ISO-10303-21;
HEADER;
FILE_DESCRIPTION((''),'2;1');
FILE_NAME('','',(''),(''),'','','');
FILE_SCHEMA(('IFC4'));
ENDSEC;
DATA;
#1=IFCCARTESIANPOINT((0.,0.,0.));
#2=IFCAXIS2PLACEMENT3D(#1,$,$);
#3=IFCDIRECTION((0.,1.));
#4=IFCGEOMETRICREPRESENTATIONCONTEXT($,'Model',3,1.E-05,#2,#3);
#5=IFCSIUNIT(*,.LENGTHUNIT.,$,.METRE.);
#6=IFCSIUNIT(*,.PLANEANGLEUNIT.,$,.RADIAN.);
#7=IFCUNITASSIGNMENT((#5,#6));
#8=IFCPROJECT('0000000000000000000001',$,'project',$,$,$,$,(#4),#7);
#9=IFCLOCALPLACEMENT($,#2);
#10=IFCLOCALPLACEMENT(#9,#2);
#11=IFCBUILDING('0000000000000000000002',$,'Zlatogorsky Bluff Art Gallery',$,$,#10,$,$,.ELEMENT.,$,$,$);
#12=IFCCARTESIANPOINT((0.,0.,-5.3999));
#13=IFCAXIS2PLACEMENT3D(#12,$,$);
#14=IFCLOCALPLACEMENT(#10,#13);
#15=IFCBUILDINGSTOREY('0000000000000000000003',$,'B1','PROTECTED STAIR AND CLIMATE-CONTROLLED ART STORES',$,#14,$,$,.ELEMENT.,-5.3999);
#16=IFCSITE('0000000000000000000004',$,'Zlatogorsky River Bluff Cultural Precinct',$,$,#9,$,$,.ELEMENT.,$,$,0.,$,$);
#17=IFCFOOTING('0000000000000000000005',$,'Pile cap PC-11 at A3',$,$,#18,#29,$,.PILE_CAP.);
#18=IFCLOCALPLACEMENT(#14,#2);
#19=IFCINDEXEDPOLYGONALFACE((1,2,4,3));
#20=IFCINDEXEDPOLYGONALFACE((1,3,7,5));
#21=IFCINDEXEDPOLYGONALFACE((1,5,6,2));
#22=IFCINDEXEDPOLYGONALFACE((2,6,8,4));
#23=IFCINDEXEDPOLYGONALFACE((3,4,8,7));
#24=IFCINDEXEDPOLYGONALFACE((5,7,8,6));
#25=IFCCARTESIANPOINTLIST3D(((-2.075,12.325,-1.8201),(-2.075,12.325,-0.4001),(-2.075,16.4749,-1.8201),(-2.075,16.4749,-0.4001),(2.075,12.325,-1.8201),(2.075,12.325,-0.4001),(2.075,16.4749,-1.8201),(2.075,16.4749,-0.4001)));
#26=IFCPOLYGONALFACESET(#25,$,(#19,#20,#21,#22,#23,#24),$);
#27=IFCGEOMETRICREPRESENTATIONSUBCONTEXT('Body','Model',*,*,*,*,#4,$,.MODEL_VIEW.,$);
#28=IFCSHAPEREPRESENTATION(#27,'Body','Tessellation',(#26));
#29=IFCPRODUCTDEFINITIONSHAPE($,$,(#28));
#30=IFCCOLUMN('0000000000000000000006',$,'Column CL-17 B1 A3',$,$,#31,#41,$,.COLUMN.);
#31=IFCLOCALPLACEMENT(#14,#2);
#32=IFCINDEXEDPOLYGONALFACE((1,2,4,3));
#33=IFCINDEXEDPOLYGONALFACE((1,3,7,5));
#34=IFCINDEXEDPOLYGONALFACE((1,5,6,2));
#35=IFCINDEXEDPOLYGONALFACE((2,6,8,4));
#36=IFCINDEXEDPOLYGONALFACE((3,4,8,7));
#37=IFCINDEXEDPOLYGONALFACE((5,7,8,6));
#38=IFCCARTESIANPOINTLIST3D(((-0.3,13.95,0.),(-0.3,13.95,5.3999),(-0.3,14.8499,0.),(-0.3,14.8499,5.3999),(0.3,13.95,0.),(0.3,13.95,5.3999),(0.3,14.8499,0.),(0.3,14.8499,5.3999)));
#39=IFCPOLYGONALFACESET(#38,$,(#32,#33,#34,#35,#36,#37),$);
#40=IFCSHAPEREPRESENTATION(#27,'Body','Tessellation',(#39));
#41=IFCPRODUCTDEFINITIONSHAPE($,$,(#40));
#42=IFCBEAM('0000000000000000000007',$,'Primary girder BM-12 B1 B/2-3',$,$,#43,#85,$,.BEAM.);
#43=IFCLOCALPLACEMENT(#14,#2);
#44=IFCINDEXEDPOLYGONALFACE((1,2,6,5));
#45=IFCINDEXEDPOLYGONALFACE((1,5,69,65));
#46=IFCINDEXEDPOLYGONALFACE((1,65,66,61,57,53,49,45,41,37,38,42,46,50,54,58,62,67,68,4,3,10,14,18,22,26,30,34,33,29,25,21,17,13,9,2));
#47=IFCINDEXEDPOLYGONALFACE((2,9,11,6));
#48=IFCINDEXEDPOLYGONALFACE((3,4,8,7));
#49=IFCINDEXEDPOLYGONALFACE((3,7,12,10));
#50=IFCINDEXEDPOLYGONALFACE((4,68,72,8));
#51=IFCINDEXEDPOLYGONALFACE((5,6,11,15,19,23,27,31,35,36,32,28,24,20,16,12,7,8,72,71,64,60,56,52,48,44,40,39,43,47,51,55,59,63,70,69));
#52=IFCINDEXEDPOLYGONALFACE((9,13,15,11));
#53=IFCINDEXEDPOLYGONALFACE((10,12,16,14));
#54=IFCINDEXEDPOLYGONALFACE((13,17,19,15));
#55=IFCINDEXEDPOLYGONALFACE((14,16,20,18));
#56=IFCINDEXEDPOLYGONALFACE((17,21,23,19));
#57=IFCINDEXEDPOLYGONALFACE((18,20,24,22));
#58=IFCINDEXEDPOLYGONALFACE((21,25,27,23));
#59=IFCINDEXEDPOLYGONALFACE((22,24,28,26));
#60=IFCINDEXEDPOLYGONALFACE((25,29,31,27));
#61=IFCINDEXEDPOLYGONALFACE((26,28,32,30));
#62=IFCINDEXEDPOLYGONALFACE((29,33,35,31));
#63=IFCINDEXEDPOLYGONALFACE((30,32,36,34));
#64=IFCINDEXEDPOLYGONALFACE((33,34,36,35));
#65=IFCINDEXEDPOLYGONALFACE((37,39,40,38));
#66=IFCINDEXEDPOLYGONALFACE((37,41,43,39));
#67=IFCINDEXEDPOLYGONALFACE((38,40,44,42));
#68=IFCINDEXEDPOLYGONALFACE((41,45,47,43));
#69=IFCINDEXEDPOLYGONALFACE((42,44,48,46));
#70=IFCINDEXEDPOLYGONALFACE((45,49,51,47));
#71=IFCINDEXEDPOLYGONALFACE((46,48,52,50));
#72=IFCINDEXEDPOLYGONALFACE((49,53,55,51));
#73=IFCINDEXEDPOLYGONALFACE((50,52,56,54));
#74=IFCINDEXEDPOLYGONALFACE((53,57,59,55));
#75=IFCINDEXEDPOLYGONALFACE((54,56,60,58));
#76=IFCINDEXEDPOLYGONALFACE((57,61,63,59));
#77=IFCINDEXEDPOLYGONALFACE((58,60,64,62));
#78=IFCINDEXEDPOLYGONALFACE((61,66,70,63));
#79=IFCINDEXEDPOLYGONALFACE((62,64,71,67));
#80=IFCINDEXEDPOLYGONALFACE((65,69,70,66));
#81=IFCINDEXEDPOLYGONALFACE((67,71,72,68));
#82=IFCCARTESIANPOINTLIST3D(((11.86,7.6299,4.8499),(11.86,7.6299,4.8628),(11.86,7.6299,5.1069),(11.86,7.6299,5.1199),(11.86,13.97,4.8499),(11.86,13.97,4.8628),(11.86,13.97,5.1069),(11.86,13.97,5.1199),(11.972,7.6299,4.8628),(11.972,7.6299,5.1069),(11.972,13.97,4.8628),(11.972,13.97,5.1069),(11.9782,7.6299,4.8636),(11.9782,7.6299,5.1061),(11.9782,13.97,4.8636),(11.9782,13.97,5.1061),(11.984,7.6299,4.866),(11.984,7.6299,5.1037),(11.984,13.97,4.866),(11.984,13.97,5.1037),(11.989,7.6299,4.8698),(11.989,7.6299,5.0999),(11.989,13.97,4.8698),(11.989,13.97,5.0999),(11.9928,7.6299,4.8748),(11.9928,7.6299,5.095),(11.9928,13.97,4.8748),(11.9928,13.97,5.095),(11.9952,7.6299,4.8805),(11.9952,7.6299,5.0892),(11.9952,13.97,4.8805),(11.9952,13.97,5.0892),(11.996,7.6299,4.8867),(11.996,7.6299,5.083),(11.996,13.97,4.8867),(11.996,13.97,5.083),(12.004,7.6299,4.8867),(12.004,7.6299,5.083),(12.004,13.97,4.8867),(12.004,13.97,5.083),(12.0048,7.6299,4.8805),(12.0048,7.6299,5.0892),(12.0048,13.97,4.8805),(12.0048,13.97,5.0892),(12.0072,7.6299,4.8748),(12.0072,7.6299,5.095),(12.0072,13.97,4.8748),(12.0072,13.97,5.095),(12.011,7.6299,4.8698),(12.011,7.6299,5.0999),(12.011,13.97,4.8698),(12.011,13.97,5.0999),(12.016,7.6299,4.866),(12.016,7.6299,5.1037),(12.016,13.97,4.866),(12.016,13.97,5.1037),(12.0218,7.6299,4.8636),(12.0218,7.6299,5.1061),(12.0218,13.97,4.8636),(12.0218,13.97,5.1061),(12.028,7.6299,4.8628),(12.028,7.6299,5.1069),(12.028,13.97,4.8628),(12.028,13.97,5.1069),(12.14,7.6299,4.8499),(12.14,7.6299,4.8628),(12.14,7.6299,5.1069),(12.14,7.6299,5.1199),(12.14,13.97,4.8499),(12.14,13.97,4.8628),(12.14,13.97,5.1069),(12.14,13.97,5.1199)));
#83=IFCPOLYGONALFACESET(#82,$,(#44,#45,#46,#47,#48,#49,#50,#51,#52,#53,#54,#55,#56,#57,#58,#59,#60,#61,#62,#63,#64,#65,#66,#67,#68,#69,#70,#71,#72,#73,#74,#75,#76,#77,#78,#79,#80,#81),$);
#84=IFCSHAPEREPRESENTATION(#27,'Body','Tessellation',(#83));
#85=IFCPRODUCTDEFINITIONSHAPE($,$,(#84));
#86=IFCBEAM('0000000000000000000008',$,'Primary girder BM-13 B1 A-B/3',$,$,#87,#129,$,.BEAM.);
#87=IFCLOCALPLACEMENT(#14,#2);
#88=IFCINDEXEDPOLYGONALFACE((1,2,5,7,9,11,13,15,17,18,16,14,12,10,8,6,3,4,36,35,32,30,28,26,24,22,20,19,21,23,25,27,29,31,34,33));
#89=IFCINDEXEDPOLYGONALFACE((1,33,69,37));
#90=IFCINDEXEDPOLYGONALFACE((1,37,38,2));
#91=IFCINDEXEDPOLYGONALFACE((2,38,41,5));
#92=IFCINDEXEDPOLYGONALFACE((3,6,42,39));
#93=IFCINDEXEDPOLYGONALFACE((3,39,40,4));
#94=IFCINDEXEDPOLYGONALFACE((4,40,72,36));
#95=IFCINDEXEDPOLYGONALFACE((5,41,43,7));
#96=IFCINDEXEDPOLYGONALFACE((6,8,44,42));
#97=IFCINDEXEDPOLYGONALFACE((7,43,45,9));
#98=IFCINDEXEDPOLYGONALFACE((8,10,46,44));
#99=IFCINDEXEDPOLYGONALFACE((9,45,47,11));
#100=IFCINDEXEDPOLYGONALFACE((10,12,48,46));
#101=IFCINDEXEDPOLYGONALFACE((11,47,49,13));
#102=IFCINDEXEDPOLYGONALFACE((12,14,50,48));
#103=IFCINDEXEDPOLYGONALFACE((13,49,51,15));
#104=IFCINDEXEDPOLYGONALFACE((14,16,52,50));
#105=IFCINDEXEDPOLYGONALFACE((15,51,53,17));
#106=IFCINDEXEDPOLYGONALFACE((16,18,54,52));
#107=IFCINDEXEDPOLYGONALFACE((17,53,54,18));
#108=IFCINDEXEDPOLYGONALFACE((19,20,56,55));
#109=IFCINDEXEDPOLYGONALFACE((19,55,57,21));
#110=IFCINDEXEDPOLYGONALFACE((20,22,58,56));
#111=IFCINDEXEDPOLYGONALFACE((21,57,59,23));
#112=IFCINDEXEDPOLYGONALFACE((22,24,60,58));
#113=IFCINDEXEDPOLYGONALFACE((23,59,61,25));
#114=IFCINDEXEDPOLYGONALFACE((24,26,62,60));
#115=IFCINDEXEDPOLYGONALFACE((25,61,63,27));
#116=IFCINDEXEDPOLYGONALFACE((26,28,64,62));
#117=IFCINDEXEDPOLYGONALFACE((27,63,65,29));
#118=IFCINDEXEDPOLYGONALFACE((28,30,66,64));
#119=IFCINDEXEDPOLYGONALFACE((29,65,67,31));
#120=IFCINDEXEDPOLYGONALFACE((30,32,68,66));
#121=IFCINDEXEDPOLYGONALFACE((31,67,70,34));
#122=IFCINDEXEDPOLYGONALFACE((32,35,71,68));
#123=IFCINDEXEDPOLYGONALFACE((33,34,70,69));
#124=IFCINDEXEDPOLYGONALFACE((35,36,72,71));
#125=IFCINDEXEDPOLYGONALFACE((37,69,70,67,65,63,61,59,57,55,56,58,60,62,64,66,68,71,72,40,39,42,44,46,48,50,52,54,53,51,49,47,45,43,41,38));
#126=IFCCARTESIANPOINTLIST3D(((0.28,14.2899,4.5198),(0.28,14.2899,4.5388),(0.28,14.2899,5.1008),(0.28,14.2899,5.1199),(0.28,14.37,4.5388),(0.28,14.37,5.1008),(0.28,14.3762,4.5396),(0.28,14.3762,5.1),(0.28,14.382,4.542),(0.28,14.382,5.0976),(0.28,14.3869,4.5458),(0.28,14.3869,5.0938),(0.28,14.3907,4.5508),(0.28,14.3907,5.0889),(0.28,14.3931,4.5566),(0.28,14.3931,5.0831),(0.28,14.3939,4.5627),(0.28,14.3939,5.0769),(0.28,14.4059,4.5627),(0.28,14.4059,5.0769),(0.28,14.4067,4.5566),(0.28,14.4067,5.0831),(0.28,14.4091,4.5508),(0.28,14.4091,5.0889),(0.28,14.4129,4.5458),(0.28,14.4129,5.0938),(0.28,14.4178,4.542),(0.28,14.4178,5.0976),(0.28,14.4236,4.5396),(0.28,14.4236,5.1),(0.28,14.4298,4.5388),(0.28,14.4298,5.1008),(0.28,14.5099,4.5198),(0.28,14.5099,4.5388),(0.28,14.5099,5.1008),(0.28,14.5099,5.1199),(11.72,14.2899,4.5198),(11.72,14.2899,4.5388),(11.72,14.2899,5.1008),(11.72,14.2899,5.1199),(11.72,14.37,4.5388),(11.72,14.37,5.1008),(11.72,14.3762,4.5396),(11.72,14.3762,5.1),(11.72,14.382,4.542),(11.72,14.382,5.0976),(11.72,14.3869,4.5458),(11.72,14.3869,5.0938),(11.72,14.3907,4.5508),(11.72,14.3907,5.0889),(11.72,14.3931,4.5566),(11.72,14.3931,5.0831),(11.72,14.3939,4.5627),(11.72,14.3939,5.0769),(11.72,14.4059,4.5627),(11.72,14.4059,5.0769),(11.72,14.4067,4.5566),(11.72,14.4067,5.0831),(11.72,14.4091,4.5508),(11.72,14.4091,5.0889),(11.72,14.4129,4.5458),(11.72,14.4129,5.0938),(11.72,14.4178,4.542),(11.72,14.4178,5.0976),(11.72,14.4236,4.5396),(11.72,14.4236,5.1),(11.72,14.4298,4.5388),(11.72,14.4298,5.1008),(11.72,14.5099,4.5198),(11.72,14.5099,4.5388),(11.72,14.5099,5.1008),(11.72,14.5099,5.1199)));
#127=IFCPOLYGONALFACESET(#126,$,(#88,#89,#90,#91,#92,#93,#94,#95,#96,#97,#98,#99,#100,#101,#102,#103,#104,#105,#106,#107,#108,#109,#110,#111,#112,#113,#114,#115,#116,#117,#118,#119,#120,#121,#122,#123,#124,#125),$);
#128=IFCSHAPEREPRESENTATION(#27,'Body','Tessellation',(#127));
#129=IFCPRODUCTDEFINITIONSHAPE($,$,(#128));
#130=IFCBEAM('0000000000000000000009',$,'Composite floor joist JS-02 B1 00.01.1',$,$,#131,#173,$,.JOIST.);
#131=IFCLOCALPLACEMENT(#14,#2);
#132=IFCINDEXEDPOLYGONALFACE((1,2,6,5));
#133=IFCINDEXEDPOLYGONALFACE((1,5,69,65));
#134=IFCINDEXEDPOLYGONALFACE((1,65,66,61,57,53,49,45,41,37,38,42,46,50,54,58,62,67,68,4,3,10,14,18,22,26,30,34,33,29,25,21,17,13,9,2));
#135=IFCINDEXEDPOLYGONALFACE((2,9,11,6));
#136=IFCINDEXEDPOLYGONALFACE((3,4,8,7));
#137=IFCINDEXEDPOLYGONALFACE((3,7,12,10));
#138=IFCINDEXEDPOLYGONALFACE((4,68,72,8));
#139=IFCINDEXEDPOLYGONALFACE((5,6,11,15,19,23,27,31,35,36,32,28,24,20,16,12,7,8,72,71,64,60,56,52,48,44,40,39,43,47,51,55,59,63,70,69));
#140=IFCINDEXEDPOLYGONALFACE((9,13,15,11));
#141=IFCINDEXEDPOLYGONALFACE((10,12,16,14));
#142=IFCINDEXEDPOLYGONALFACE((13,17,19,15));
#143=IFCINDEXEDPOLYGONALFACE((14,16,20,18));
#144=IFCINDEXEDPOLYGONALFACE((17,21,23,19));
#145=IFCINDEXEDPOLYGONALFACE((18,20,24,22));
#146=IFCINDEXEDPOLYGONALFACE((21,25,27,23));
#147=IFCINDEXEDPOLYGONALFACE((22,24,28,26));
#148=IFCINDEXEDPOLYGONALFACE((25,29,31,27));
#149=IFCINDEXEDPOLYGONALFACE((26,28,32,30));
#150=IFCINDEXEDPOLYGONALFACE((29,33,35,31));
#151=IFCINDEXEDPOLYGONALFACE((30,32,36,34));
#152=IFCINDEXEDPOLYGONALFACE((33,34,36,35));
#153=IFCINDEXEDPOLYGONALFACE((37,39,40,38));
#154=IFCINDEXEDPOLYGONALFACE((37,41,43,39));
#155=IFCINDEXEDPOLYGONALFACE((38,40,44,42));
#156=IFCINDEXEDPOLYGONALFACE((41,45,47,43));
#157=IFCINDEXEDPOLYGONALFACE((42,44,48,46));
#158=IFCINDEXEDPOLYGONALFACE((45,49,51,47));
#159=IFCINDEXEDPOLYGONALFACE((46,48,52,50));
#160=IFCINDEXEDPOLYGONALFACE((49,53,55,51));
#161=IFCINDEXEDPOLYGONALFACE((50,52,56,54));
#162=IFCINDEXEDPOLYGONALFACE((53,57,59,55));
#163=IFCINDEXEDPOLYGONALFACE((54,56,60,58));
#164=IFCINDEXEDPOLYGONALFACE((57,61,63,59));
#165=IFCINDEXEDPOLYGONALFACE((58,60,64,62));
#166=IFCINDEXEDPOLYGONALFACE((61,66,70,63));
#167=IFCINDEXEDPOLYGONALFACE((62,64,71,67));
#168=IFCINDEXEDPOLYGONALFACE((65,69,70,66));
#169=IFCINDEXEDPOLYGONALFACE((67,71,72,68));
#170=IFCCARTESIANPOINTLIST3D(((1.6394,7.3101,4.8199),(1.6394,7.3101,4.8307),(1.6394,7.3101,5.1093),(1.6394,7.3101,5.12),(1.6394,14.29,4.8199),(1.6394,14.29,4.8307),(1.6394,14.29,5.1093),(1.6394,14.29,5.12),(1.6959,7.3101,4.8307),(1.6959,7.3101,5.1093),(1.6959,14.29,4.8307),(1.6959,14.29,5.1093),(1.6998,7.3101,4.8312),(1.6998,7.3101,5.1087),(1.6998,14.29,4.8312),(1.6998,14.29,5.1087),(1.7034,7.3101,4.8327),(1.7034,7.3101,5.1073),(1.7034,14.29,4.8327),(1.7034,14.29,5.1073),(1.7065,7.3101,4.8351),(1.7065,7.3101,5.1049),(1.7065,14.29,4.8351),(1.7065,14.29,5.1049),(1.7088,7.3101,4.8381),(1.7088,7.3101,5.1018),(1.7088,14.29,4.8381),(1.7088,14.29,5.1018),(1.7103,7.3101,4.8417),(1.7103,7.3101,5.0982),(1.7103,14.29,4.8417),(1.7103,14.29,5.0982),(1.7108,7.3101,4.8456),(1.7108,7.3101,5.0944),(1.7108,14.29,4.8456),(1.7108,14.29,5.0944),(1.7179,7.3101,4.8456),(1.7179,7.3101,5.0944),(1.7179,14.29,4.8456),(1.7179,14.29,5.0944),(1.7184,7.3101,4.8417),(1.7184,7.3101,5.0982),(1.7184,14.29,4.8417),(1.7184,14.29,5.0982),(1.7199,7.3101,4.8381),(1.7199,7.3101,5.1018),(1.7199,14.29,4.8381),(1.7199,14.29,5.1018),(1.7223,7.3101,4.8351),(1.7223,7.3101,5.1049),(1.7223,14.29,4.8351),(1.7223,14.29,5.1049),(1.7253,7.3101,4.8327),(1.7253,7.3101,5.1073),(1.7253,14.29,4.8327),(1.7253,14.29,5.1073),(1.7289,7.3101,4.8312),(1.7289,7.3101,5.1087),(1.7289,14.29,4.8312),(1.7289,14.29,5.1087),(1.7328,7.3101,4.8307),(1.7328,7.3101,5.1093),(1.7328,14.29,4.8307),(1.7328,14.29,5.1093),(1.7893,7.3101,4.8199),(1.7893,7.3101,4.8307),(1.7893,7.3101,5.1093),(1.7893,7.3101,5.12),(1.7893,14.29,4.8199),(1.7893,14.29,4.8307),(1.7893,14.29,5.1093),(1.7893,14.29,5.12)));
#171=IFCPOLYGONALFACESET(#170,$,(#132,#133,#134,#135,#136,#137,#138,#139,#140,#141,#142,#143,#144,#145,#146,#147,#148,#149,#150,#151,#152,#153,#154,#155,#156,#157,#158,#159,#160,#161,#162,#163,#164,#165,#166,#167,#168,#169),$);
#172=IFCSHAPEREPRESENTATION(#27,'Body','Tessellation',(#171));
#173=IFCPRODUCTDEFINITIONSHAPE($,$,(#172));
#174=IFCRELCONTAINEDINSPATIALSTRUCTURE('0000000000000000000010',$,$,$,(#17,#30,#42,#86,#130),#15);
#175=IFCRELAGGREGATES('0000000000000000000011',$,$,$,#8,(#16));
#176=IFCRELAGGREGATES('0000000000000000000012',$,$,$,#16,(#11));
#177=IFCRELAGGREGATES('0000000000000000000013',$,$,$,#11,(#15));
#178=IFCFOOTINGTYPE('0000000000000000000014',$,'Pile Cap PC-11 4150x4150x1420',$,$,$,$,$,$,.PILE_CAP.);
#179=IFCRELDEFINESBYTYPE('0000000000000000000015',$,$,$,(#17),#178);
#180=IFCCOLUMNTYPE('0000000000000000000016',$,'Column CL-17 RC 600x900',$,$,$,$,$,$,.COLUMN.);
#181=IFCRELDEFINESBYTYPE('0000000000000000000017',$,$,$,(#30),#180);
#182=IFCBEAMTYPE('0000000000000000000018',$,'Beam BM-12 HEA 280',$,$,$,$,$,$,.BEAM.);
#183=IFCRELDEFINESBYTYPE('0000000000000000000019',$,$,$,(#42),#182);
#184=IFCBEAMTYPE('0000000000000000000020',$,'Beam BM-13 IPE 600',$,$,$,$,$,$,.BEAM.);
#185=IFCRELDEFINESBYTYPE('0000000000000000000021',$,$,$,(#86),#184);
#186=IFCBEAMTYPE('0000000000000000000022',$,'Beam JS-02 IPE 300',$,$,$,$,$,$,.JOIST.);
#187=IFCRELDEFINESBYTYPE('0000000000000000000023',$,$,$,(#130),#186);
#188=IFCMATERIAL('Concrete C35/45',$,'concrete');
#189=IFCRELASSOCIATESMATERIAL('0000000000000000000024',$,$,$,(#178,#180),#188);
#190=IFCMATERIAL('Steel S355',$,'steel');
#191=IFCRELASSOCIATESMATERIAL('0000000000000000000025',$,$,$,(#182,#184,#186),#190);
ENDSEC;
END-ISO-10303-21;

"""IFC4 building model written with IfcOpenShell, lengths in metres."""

from ifc_helpers import new_model, si_unit, direction, frame, origin, origin_2d, place, context, subcontext, project, spatial, rectangle, i_section, extrude, material, material_profile, profile_set, type_object, element, save


model = new_model("IFC4")

# Units and contexts
model_context = context("Model", 3, precision=1e-05, world=origin(), true_north=direction((0.0, 1.0)))
body_context = subcontext(model_context, "Body", "Model", "MODEL_VIEW")
ifc_project = project(units=[si_unit("LENGTHUNIT", "METRE"), si_unit("PLANEANGLEUNIT", "RADIAN")], contexts=[model_context])

# Site, building, storey
site_placement = place(None, origin())
site = spatial("IfcSite", under=ifc_project, at=site_placement, Name="Zlatogorsky River Bluff Cultural Precinct", CompositionType="ELEMENT", RefElevation=0.0)
building_placement = place(site_placement, origin())
building = spatial("IfcBuilding", under=site, at=building_placement, Name="Zlatogorsky Bluff Art Gallery", CompositionType="ELEMENT")
storey_placement = place(building_placement, frame((0.0, 0.0, -5.3999)))
storey = spatial("IfcBuildingStorey", under=building, at=storey_placement, Name="B1", Description="PROTECTED STAIR AND CLIMATE-CONTROLLED ART STORES", CompositionType="ELEMENT", Elevation=-5.3999)

# Shared definitions
ifc_material_1 = material(Name="Concrete C35/45", Category="concrete")

# Footing
footing_type_1 = type_object("IfcFootingType", Name="Pile Cap PC-11 4150x4150x1420", PredefinedType="PILE_CAP", material=ifc_material_1)
footing_1_placement = place(storey_placement, frame((0.0, 14.3999, -1.8201), z_axis=(0.0, 0.0, 1.0), x_axis=(1.0, 0.0, 0.0)))
element("IfcFooting", 1, at=footing_1_placement, inside=storey, type_object=footing_type_1, Name="Pile cap PC-11 at A3", PredefinedType="PILE_CAP", context=body_context, shape_type="SweptSolid", body=[
    extrude(rectangle(XDim=4.1499, YDim=4.1499, at=origin_2d()), origin(), (0.0, 0.0, 1.0), 1.4199),
])

# Column
ifc_material_profile_1 = material_profile(ifc_material_1, rectangle(XDim=0.6001, YDim=0.8999, at=origin_2d()), Name="RC 600x900")
ifc_profile_set_1 = profile_set([ifc_material_profile_1], Name="Concrete C35/45")
column_type = type_object("IfcColumnType", Name="Column CL-17 RC 600x900", PredefinedType="COLUMN", material=ifc_profile_set_1)
column_placement = place(storey_placement, frame((0.0, 14.3999, 0.0), z_axis=(0.0, 0.0, 1.0), x_axis=(1.0, 0.0, 0.0)))
element("IfcColumn", 2, at=column_placement, inside=storey, type_object=column_type, Name="Column CL-17 B1 A3", PredefinedType="COLUMN", context=body_context, shape_type="SweptSolid", body=[
    extrude(rectangle(XDim=0.6001, YDim=0.8999, at=origin_2d()), origin(), (0.0, 0.0, 1.0), 5.3999),
])

# Beams
ifc_material_2 = material(Name="Steel S355", Category="steel")
ifc_material_profile_2 = material_profile(ifc_material_2, i_section(OverallWidth=0.28, OverallDepth=0.27, WebThickness=0.0081, FlangeThickness=0.0129, FilletRadius=0.0239, at=origin_2d()), Name="HEA 280")
ifc_profile_set_2 = profile_set([ifc_material_profile_2], Name="Steel S355")
beam_type_1 = type_object("IfcBeamType", Name="Beam BM-12 HEA 280", PredefinedType="BEAM", material=ifc_profile_set_2)
beam_1_placement = place(storey_placement, frame((12.0, 7.6299, 4.9849), z_axis=(0.0, 1.0, 0.0), x_axis=(-1.0, 0.0, 0.0)))
element("IfcBeam", 3, at=beam_1_placement, inside=storey, type_object=beam_type_1, Name="Primary girder BM-12 B1 B/2-3", PredefinedType="BEAM", context=body_context, shape_type="SweptSolid", body=[
    extrude(i_section(OverallWidth=0.28, OverallDepth=0.27, WebThickness=0.0081, FlangeThickness=0.0129, FilletRadius=0.0239, at=origin_2d()), origin(), (0.0, 0.0, 1.0), 6.3401),
])
ifc_material_profile_3 = material_profile(ifc_material_2, i_section(OverallWidth=0.22, OverallDepth=0.6001, WebThickness=0.012, FlangeThickness=0.019, FilletRadius=0.0239, at=origin_2d()), Name="IPE 600")
ifc_profile_set_3 = profile_set([ifc_material_profile_3], Name="Steel S355")
beam_type_2 = type_object("IfcBeamType", Name="Beam BM-13 IPE 600", PredefinedType="BEAM", material=ifc_profile_set_3)
beam_2_placement = place(storey_placement, frame((0.28, 14.3999, 4.8198), z_axis=(1.0, 0.0, 0.0), x_axis=(0.0, 1.0, 0.0)))
element("IfcBeam", 4, at=beam_2_placement, inside=storey, type_object=beam_type_2, Name="Primary girder BM-13 B1 A-B/3", PredefinedType="BEAM", context=body_context, shape_type="SweptSolid", body=[
    extrude(i_section(OverallWidth=0.22, OverallDepth=0.6001, WebThickness=0.012, FlangeThickness=0.019, FilletRadius=0.0239, at=origin_2d()), origin(), (0.0, 0.0, 1.0), 11.4399),
])
ifc_material_profile_4 = material_profile(ifc_material_2, i_section(OverallWidth=0.1499, OverallDepth=0.3, WebThickness=0.0071, FlangeThickness=0.0107, FilletRadius=0.0149, at=origin_2d()), Name="IPE 300")
ifc_profile_set_4 = profile_set([ifc_material_profile_4], Name="Steel S355")
beam_type_3 = type_object("IfcBeamType", Name="Beam JS-02 IPE 300", PredefinedType="JOIST", material=ifc_profile_set_4)
for number, where, z_axis, x_axis, name in (
    (5, (1.7144, 7.3101, 4.97), (0.0, 1.0, 0.0), (-1.0, 0.0, 0.0), "Composite floor joist JS-02 B1 00.01.1"),
):
    element("IfcBeam", number, at=place(storey_placement, frame(where, z_axis=z_axis, x_axis=x_axis)), inside=storey, type_object=beam_type_3, Name=name, PredefinedType="JOIST", context=body_context, shape_type="SweptSolid", body=[
        extrude(i_section(OverallWidth=0.1499, OverallDepth=0.3, WebThickness=0.0071, FlangeThickness=0.0107, FilletRadius=0.0149, at=origin_2d()), origin(), (0.0, 0.0, 1.0), 6.98),
    ])

save(model, "model.ifc")
